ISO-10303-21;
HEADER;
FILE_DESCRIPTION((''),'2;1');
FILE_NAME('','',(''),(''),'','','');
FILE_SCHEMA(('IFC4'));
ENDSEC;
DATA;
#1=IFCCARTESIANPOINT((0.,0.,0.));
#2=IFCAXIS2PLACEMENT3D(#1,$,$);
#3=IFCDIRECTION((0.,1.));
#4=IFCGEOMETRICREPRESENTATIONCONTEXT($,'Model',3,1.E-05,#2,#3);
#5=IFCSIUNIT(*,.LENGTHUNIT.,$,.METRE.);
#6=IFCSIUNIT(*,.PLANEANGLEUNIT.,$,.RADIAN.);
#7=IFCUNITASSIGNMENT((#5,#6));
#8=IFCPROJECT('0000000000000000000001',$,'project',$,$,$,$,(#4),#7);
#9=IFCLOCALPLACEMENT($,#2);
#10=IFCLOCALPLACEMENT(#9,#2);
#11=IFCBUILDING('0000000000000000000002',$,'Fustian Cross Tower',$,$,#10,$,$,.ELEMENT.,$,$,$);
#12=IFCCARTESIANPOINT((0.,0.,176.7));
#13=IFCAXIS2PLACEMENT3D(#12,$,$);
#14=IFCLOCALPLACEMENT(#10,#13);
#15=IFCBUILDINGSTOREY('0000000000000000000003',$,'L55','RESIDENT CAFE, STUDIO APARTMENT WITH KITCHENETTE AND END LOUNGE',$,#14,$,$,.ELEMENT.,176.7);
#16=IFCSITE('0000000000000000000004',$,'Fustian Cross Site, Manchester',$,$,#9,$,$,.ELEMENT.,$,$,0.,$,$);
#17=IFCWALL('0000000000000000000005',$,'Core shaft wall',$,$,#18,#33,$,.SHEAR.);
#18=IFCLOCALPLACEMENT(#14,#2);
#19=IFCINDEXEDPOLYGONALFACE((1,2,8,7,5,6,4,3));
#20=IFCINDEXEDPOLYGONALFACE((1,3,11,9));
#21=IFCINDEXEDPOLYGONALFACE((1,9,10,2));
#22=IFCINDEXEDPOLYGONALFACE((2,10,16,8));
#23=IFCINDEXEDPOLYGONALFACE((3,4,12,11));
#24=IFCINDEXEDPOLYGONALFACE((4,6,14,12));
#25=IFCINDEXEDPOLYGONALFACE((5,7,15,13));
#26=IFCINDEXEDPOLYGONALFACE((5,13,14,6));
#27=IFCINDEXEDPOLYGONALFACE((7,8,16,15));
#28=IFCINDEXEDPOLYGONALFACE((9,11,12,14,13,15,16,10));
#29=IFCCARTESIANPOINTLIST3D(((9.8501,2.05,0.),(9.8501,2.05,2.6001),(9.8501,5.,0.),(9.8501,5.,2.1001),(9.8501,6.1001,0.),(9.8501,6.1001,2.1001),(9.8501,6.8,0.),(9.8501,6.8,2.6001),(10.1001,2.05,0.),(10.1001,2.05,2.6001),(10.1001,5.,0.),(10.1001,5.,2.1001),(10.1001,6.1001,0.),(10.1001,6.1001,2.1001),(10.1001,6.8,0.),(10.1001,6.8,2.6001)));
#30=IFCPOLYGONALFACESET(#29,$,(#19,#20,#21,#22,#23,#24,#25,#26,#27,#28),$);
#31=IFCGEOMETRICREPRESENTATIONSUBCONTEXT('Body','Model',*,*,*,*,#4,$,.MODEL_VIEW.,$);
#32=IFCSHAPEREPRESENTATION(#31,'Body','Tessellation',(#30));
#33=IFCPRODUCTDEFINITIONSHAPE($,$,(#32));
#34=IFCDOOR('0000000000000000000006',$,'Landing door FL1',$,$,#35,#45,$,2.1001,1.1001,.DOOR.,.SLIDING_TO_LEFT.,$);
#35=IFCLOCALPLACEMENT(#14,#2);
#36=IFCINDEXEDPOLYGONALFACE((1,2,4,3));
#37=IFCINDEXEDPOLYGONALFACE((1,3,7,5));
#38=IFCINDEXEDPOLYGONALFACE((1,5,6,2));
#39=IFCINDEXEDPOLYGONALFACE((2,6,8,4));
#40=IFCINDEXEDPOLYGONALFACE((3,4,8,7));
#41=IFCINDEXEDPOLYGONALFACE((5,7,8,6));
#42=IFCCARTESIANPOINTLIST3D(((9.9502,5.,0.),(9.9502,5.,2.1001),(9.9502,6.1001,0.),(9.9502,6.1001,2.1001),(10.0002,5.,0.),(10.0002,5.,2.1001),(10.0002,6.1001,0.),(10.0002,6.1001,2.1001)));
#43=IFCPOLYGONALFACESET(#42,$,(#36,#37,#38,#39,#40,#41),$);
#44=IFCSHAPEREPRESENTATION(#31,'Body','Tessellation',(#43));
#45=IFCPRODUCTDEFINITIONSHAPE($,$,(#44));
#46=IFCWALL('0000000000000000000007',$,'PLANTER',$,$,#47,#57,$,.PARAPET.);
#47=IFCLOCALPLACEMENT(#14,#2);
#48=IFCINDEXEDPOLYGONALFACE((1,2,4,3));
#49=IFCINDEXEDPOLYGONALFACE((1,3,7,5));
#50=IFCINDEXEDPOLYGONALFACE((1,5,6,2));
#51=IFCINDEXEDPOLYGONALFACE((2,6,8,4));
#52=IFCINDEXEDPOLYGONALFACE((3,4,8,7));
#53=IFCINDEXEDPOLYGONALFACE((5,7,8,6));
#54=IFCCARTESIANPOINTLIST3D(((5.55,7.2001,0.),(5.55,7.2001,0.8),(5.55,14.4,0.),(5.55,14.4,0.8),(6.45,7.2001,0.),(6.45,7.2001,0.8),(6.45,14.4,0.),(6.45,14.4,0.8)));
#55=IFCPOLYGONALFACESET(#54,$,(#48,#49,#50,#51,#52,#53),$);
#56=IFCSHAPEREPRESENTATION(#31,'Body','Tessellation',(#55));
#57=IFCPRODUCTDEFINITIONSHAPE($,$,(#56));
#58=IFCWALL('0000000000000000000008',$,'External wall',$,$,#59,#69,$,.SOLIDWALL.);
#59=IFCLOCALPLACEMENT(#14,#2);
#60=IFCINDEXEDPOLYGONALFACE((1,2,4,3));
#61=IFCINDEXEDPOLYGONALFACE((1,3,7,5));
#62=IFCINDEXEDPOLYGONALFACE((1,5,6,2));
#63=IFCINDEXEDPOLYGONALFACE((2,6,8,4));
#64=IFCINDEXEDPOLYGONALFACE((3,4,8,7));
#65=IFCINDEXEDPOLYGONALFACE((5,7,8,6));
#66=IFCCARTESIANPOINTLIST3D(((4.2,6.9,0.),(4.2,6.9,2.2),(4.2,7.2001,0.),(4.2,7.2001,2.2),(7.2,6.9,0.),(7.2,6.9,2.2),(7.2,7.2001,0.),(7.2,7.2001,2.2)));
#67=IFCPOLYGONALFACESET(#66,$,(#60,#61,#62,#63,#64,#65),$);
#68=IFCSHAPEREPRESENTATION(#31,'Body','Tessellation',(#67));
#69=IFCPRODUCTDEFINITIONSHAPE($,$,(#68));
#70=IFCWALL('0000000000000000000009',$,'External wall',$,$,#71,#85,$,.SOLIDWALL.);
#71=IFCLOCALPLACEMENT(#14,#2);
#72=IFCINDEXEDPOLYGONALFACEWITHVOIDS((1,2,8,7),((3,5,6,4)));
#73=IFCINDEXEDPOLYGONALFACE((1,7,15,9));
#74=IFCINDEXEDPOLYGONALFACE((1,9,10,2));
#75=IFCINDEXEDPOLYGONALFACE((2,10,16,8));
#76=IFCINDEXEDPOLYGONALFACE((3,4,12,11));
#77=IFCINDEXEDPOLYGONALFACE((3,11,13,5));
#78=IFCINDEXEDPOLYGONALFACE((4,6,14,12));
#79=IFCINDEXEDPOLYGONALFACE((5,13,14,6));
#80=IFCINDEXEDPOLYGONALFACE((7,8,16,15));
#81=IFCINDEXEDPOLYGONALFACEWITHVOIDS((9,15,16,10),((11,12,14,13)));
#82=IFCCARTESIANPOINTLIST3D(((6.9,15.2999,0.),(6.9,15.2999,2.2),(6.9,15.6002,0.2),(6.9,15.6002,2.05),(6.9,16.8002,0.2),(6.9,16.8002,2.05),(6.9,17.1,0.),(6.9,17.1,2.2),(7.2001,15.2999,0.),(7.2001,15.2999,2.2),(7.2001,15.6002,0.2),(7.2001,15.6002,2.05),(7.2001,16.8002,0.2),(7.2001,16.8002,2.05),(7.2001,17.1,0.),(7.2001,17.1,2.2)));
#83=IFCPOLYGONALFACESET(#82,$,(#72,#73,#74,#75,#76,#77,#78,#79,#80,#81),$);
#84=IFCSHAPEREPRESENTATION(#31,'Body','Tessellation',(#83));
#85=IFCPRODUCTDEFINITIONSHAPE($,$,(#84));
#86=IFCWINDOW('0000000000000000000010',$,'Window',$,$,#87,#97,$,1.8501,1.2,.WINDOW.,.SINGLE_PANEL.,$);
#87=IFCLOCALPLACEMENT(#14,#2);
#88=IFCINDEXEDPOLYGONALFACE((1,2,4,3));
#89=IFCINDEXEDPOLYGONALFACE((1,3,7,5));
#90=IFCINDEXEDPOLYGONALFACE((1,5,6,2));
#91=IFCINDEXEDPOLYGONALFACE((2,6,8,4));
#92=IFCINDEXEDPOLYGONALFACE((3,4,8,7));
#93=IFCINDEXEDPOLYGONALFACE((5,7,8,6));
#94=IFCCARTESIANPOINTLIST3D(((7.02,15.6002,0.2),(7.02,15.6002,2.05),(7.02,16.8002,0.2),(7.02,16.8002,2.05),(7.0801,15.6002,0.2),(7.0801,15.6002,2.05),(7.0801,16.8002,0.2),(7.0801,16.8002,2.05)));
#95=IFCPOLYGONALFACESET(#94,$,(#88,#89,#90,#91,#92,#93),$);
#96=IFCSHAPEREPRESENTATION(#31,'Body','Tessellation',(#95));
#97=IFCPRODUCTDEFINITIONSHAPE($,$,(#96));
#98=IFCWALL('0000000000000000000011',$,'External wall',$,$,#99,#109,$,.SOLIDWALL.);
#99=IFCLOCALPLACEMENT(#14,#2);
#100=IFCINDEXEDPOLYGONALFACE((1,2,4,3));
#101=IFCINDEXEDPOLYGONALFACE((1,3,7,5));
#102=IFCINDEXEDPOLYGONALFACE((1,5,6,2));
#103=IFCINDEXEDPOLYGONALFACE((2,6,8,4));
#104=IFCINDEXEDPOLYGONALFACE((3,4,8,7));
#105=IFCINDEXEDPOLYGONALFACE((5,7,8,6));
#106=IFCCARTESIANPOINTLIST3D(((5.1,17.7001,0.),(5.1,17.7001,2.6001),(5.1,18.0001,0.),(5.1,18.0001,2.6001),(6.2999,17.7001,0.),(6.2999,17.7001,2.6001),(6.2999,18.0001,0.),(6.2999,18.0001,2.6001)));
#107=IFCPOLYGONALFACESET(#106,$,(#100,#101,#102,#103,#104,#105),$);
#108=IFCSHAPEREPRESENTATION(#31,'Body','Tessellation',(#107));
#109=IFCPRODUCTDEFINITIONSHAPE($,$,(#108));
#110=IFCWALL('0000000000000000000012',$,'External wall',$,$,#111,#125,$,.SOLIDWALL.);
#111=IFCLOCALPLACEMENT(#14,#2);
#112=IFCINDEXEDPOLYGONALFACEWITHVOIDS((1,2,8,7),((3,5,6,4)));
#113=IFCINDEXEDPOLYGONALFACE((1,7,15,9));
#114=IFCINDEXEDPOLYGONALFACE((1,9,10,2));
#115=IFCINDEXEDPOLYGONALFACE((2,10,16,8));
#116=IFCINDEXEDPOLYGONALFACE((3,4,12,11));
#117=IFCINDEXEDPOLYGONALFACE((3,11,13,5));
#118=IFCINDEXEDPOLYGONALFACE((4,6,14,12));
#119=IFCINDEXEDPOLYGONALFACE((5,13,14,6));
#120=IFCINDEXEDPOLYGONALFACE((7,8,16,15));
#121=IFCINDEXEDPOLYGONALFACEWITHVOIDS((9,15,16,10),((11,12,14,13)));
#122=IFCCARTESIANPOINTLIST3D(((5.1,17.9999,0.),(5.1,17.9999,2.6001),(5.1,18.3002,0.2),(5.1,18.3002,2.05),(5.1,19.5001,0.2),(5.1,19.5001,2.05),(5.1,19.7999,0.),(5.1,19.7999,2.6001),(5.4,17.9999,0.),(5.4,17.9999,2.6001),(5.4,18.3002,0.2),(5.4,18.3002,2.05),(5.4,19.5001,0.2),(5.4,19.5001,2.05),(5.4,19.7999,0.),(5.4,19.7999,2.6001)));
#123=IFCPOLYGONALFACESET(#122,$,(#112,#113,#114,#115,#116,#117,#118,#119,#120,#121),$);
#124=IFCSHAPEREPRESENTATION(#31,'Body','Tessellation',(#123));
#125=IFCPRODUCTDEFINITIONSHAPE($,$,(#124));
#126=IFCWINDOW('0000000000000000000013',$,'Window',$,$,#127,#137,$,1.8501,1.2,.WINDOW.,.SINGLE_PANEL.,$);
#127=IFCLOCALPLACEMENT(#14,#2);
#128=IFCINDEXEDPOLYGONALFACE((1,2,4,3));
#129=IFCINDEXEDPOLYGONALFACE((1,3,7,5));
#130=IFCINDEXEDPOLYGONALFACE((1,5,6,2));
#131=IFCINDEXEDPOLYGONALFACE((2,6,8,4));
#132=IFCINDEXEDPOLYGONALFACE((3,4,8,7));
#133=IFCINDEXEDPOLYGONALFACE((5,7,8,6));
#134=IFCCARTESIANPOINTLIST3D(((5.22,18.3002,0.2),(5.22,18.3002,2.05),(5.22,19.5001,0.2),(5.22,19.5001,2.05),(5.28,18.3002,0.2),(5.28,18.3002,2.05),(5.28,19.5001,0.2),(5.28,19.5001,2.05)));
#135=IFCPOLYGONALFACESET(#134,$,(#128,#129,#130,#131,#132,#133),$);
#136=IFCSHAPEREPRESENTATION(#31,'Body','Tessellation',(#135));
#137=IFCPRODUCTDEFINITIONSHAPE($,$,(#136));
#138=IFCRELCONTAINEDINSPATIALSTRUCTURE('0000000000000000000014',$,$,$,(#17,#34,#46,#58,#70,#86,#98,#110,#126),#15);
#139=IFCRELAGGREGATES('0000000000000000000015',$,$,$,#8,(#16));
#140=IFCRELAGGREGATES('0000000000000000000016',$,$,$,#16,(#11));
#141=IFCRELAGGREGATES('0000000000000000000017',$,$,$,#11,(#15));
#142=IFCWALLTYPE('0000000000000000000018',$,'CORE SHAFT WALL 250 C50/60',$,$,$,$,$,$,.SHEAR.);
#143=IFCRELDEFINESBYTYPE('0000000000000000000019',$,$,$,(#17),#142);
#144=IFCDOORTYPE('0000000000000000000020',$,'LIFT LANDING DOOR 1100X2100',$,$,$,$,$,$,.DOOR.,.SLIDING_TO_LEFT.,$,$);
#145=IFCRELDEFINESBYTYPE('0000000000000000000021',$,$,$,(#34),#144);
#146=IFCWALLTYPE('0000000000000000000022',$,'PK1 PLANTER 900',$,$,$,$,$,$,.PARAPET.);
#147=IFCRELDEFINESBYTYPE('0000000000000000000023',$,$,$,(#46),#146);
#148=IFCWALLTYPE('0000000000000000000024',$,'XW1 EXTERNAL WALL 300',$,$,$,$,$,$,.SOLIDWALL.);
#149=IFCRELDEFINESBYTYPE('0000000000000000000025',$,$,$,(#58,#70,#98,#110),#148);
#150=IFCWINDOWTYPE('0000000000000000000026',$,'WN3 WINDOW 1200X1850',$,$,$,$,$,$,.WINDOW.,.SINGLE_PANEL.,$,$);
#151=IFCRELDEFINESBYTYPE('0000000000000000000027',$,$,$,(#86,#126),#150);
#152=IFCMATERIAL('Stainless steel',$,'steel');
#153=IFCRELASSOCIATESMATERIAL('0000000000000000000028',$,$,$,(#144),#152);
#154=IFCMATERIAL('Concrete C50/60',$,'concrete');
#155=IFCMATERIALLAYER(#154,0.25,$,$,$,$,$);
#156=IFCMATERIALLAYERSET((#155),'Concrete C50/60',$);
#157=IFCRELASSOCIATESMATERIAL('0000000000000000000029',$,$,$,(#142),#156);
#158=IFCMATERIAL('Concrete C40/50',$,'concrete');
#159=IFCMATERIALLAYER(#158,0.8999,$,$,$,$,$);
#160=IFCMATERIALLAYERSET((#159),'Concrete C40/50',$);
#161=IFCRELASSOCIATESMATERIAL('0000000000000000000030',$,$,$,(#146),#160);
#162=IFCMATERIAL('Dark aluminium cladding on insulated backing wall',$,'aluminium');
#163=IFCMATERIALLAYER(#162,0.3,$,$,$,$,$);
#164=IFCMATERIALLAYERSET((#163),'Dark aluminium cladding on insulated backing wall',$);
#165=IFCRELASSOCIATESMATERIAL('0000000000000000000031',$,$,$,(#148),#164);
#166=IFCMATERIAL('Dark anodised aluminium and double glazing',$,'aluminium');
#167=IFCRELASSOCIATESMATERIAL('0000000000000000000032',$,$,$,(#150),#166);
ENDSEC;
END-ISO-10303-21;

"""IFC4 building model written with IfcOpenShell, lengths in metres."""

from ifc_helpers import new_model, si_unit, direction, frame, frame_2d, origin, place, context, subcontext, project, spatial, rectangle, extrude, material, layer, layer_set, type_object, element, fill, save


model = new_model("IFC4")

# Units and contexts
model_context = context("Model", 3, precision=1e-05, world=origin(), true_north=direction((0.0, 1.0)))
body_context = subcontext(model_context, "Body", "Model", "MODEL_VIEW")
ifc_project = project(units=[si_unit("LENGTHUNIT", "METRE"), si_unit("PLANEANGLEUNIT", "RADIAN")], contexts=[model_context])

# Site, building, storey
site_placement = place(None, origin())
site = spatial("IfcSite", under=ifc_project, at=site_placement, Name="Fustian Cross Site, Manchester", CompositionType="ELEMENT", RefElevation=0.0)
building_placement = place(site_placement, origin())
building = spatial("IfcBuilding", under=site, at=building_placement, Name="Fustian Cross Tower", CompositionType="ELEMENT")
storey_placement = place(building_placement, frame((0.0, 0.0, 176.7)))
storey = spatial("IfcBuildingStorey", under=building, at=storey_placement, Name="L55", Description="RESIDENT CAFE, STUDIO APARTMENT WITH KITCHENETTE AND END LOUNGE", CompositionType="ELEMENT", Elevation=176.7)

# Shared definitions
ifc_material_1 = material(Name="Stainless steel", Category="steel")
door_type_1 = type_object("IfcDoorType", Name="LIFT LANDING DOOR 1100X2100", OperationType="SLIDING_TO_LEFT", PredefinedType="DOOR", material=ifc_material_1)

# Shared definitions
ifc_material_2 = material(Name="Concrete C50/60", Category="concrete")
ifc_layer_1 = layer(ifc_material_2, 0.25)
ifc_layer_set_1 = layer_set([ifc_layer_1], Name="Concrete C50/60")
wall_type_1 = type_object("IfcWallType", Name="CORE SHAFT WALL 250 C50/60", PredefinedType="SHEAR", material=ifc_layer_set_1)

# Wall, opening, door
wall_1_placement = place(storey_placement, frame((9.9751, 2.05, 0.0), z_axis=(0.0, 0.0, 1.0), x_axis=(0.0, 1.0, 0.0)))
wall_1 = element("IfcWall", 1, at=wall_1_placement, inside=storey, type_object=wall_type_1, Name="Core shaft wall", PredefinedType="SHEAR", context=body_context, shape_type="SweptSolid", body=[
    extrude(rectangle(XDim=4.75, YDim=0.25, at=frame_2d((2.375, 0.0))), origin(), (0.0, 0.0, 1.0), 2.6001),
])
opening_1_placement = place(wall_1_placement, frame((2.95, 0.0, 0.0)))
opening_1 = element("IfcOpeningElement", 2, at=opening_1_placement, cuts=wall_1, PredefinedType="OPENING", context=body_context, shape_type="SweptSolid", body=[
    extrude(rectangle(XDim=1.1001, YDim=2.1001, at=frame_2d((0.55, 1.05))), frame((0.0, 0.135, 0.0), z_axis=(0.0, -1.0, 0.0), x_axis=(1.0, 0.0, 0.0)), (0.0, 0.0, 1.0), 0.27),
])
door_1_placement = place(opening_1_placement, origin())
door_1 = element("IfcDoor", 3, at=door_1_placement, inside=storey, type_object=door_type_1, Name="Landing door FL1", OperationType="SLIDING_TO_LEFT", OverallHeight=2.1001, OverallWidth=1.1001, PredefinedType="DOOR", context=body_context, shape_type="SweptSolid", body=[
    extrude(rectangle(XDim=1.1001, YDim=2.1001, at=frame_2d((0.55, 1.05))), frame((0.0, 0.0249, 0.0), z_axis=(0.0, -1.0, 0.0), x_axis=(1.0, 0.0, 0.0)), (0.0, 0.0, 1.0), 0.05),
])
fill(opening_1, door_1)

# Walls
ifc_material_3 = material(Name="Concrete C40/50", Category="concrete")
ifc_layer_2 = layer(ifc_material_3, 0.8999)
ifc_layer_set_2 = layer_set([ifc_layer_2], Name="Concrete C40/50")
wall_type_2 = type_object("IfcWallType", Name="PK1 PLANTER 900", PredefinedType="PARAPET", material=ifc_layer_set_2)
wall_2_placement = place(storey_placement, frame((6.0, 7.2, 0.0), z_axis=(0.0, 0.0, 1.0), x_axis=(0.0, 1.0, 0.0)))
element("IfcWall", 4, at=wall_2_placement, inside=storey, type_object=wall_type_2, Name="PLANTER", PredefinedType="PARAPET", context=body_context, shape_type="SweptSolid", body=[
    extrude(rectangle(XDim=7.2, YDim=0.8999, at=frame_2d((3.6001, 0.0))), origin(), (0.0, 0.0, 1.0), 0.8),
])
ifc_material_4 = material(Name="Dark aluminium cladding on insulated backing wall", Category="aluminium")
ifc_layer_3 = layer(ifc_material_4, 0.3)
ifc_layer_set_3 = layer_set([ifc_layer_3], Name="Dark aluminium cladding on insulated backing wall")
wall_type_3 = type_object("IfcWallType", Name="XW1 EXTERNAL WALL 300", PredefinedType="SOLIDWALL", material=ifc_layer_set_3)
wall_3_placement = place(storey_placement, frame((7.2, 7.05, 0.0), z_axis=(0.0, 0.0, 1.0), x_axis=(-1.0, 0.0, 0.0)))
element("IfcWall", 5, at=wall_3_placement, inside=storey, type_object=wall_type_3, Name="External wall", PredefinedType="SOLIDWALL", context=body_context, shape_type="SweptSolid", body=[
    extrude(rectangle(XDim=3.0, YDim=0.3, at=frame_2d((1.5, 0.0))), origin(), (0.0, 0.0, 1.0), 2.2),
])

# Wall, opening, window
wall_4_placement = place(storey_placement, frame((7.05, 15.3, 0.0), z_axis=(0.0, 0.0, 1.0), x_axis=(0.0, 1.0, 0.0)))
wall_4 = element("IfcWall", 6, at=wall_4_placement, inside=storey, type_object=wall_type_3, Name="External wall", PredefinedType="SOLIDWALL", context=body_context, shape_type="SweptSolid", body=[
    extrude(rectangle(XDim=1.8, YDim=0.3, at=frame_2d((0.8999, 0.0))), origin(), (0.0, 0.0, 1.0), 2.2),
])
opening_2_placement = place(wall_4_placement, frame((0.3, 0.0, 0.2)))
opening_2 = element("IfcOpeningElement", 7, at=opening_2_placement, cuts=wall_4, PredefinedType="OPENING", context=body_context, shape_type="SweptSolid", body=[
    extrude(rectangle(XDim=1.2, YDim=1.8501, at=frame_2d((0.6001, 0.925))), frame((0.0, 0.1599, 0.0), z_axis=(0.0, -1.0, 0.0), x_axis=(1.0, 0.0, 0.0)), (0.0, 0.0, 1.0), 0.3201),
])
ifc_material_5 = material(Name="Dark anodised aluminium and double glazing", Category="aluminium")
window_type = type_object("IfcWindowType", Name="WN3 WINDOW 1200X1850", PartitioningType="SINGLE_PANEL", PredefinedType="WINDOW", material=ifc_material_5)
window_1_placement = place(opening_2_placement, origin())
window_1 = element("IfcWindow", 8, at=window_1_placement, inside=storey, type_object=window_type, Name="Window", OverallHeight=1.8501, OverallWidth=1.2, PartitioningType="SINGLE_PANEL", PredefinedType="WINDOW", context=body_context, shape_type="SweptSolid", body=[
    extrude(rectangle(XDim=1.2, YDim=1.8501, at=frame_2d((0.6001, 0.925))), frame((0.0, 0.03, 0.0), z_axis=(0.0, -1.0, 0.0), x_axis=(1.0, 0.0, 0.0)), (0.0, 0.0, 1.0), 0.0601),
])
fill(opening_2, window_1)

# Wall
wall_5_placement = place(storey_placement, frame((6.3, 17.8501, 0.0), z_axis=(0.0, 0.0, 1.0), x_axis=(-1.0, 0.0, 0.0)))
element("IfcWall", 9, at=wall_5_placement, inside=storey, type_object=wall_type_3, Name="External wall", PredefinedType="SOLIDWALL", context=body_context, shape_type="SweptSolid", body=[
    extrude(rectangle(XDim=1.2, YDim=0.3, at=frame_2d((0.6001, 0.0))), origin(), (0.0, 0.0, 1.0), 2.6001),
])

# Wall, opening, window
wall_6_placement = place(storey_placement, frame((5.25, 18.0, 0.0), z_axis=(0.0, 0.0, 1.0), x_axis=(0.0, 1.0, 0.0)))
wall_6 = element("IfcWall", 10, at=wall_6_placement, inside=storey, type_object=wall_type_3, Name="External wall", PredefinedType="SOLIDWALL", context=body_context, shape_type="SweptSolid", body=[
    extrude(rectangle(XDim=1.8, YDim=0.3, at=frame_2d((0.8999, 0.0))), origin(), (0.0, 0.0, 1.0), 2.6001),
])
opening_3_placement = place(wall_6_placement, frame((0.3, 0.0, 0.2)))
opening_3 = element("IfcOpeningElement", 11, at=opening_3_placement, cuts=wall_6, PredefinedType="OPENING", context=body_context, shape_type="SweptSolid", body=[
    extrude(rectangle(XDim=1.2, YDim=1.8501, at=frame_2d((0.6001, 0.925))), frame((0.0, 0.1599, 0.0), z_axis=(0.0, -1.0, 0.0), x_axis=(1.0, 0.0, 0.0)), (0.0, 0.0, 1.0), 0.3201),
])
window_2_placement = place(opening_3_placement, origin())
window_2 = element("IfcWindow", 12, at=window_2_placement, inside=storey, type_object=window_type, Name="Window", OverallHeight=1.8501, OverallWidth=1.2, PartitioningType="SINGLE_PANEL", PredefinedType="WINDOW", context=body_context, shape_type="SweptSolid", body=[
    extrude(rectangle(XDim=1.2, YDim=1.8501, at=frame_2d((0.6001, 0.925))), frame((0.0, 0.03, 0.0), z_axis=(0.0, -1.0, 0.0), x_axis=(1.0, 0.0, 0.0)), (0.0, 0.0, 1.0), 0.0601),
])
fill(opening_3, window_2)

save(model, "model.ifc")
